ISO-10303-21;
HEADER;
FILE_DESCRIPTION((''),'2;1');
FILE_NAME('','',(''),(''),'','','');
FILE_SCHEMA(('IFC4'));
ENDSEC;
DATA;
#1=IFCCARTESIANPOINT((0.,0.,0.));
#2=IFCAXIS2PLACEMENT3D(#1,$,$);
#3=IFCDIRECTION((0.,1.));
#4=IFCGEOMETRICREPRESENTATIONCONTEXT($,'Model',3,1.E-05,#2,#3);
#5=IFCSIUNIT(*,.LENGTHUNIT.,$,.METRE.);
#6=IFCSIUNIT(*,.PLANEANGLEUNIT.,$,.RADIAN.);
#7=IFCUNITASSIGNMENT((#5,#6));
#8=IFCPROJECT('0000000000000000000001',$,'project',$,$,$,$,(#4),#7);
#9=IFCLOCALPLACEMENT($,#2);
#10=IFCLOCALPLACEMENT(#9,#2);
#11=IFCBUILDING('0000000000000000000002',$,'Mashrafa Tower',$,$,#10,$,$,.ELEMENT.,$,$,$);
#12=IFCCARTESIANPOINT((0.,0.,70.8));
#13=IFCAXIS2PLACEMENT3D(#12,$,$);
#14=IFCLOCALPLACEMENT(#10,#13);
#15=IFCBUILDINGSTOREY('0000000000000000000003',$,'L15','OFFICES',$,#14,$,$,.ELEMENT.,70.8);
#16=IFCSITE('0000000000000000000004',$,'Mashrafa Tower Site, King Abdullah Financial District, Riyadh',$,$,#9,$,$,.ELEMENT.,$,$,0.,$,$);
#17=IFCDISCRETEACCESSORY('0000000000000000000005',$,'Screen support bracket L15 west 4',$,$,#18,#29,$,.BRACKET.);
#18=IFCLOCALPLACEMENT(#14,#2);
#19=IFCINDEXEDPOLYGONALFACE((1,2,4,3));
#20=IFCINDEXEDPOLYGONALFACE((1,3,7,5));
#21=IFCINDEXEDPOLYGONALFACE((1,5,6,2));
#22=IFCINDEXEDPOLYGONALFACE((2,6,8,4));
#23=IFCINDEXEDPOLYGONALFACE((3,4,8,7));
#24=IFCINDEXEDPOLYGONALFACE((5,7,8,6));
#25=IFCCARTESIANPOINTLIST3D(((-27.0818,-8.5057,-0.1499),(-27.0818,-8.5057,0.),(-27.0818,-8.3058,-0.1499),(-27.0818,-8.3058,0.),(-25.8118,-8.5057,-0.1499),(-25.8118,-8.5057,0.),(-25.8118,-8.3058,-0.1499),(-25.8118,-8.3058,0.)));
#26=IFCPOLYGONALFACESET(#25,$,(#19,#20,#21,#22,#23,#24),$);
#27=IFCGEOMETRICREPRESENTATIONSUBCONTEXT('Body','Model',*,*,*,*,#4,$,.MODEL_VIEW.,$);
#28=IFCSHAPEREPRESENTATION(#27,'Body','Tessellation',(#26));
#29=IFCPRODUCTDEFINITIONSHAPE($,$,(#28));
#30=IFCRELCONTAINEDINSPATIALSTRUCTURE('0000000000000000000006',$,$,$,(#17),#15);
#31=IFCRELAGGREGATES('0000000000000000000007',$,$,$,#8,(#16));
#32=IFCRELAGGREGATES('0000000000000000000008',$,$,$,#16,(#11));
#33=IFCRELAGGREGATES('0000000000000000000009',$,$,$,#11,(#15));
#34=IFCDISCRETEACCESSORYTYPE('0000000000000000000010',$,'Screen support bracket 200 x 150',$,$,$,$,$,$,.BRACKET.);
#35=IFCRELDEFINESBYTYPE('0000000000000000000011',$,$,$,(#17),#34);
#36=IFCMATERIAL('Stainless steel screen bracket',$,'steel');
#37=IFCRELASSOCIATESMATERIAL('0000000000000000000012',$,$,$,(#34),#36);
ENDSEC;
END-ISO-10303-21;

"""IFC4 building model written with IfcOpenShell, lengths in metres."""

from ifc_helpers import new_model, si_unit, direction, frame, origin, origin_2d, place, context, subcontext, project, spatial, rectangle, extrude, source, transform, mapped, material, type_object, type_shapes, element, save


model = new_model("IFC4")

# Units and contexts
model_context = context("Model", 3, precision=1e-05, world=origin(), true_north=direction((0.0, 1.0)))
body_context = subcontext(model_context, "Body", "Model", "MODEL_VIEW")
ifc_project = project(units=[si_unit("LENGTHUNIT", "METRE"), si_unit("PLANEANGLEUNIT", "RADIAN")], contexts=[model_context])

# Site, building, storey
site_placement = place(None, origin())
site = spatial("IfcSite", under=ifc_project, at=site_placement, Name="Mashrafa Tower Site, King Abdullah Financial District, Riyadh", CompositionType="ELEMENT", RefElevation=0.0)
building_placement = place(site_placement, origin())
building = spatial("IfcBuilding", under=site, at=building_placement, Name="Mashrafa Tower", CompositionType="ELEMENT")
storey_placement = place(building_placement, frame((0.0, 0.0, 70.8)))
storey = spatial("IfcBuildingStorey", under=building, at=storey_placement, Name="L15", Description="OFFICES", CompositionType="ELEMENT", Elevation=70.8)

# Discrete accessory
ifc_material_1 = material(Name="Stainless steel screen bracket", Category="steel")
discrete_accessory_type = type_object("IfcDiscreteAccessoryType", Name="Screen support bracket 200 x 150", PredefinedType="BRACKET", material=ifc_material_1)
shared_shape_1 = source(origin(), body_context, "Body", "SweptSolid", [
    extrude(rectangle(XDim=0.2, YDim=1.27, at=origin_2d()), origin(), (0.0, 0.0, 1.0), 0.1499),
])
type_shapes(discrete_accessory_type, [shared_shape_1])
for number, where, z_axis, x_axis, name in (
    (1, (-26.4468, -8.4058, -0.1499), (0.0, 0.0, 1.0), (0.0, -1.0, 0.0), "Screen support bracket L15 west 4"),
):
    element("IfcDiscreteAccessory", number, at=place(storey_placement, frame(where, z_axis=z_axis, x_axis=x_axis)), inside=storey, type_object=discrete_accessory_type, Name=name, PredefinedType="BRACKET", context=body_context, shape_type="MappedRepresentation", body=[
        mapped(shared_shape_1, transform((0.0, 0.0, 0.0))),
    ])

save(model, "model.ifc")
